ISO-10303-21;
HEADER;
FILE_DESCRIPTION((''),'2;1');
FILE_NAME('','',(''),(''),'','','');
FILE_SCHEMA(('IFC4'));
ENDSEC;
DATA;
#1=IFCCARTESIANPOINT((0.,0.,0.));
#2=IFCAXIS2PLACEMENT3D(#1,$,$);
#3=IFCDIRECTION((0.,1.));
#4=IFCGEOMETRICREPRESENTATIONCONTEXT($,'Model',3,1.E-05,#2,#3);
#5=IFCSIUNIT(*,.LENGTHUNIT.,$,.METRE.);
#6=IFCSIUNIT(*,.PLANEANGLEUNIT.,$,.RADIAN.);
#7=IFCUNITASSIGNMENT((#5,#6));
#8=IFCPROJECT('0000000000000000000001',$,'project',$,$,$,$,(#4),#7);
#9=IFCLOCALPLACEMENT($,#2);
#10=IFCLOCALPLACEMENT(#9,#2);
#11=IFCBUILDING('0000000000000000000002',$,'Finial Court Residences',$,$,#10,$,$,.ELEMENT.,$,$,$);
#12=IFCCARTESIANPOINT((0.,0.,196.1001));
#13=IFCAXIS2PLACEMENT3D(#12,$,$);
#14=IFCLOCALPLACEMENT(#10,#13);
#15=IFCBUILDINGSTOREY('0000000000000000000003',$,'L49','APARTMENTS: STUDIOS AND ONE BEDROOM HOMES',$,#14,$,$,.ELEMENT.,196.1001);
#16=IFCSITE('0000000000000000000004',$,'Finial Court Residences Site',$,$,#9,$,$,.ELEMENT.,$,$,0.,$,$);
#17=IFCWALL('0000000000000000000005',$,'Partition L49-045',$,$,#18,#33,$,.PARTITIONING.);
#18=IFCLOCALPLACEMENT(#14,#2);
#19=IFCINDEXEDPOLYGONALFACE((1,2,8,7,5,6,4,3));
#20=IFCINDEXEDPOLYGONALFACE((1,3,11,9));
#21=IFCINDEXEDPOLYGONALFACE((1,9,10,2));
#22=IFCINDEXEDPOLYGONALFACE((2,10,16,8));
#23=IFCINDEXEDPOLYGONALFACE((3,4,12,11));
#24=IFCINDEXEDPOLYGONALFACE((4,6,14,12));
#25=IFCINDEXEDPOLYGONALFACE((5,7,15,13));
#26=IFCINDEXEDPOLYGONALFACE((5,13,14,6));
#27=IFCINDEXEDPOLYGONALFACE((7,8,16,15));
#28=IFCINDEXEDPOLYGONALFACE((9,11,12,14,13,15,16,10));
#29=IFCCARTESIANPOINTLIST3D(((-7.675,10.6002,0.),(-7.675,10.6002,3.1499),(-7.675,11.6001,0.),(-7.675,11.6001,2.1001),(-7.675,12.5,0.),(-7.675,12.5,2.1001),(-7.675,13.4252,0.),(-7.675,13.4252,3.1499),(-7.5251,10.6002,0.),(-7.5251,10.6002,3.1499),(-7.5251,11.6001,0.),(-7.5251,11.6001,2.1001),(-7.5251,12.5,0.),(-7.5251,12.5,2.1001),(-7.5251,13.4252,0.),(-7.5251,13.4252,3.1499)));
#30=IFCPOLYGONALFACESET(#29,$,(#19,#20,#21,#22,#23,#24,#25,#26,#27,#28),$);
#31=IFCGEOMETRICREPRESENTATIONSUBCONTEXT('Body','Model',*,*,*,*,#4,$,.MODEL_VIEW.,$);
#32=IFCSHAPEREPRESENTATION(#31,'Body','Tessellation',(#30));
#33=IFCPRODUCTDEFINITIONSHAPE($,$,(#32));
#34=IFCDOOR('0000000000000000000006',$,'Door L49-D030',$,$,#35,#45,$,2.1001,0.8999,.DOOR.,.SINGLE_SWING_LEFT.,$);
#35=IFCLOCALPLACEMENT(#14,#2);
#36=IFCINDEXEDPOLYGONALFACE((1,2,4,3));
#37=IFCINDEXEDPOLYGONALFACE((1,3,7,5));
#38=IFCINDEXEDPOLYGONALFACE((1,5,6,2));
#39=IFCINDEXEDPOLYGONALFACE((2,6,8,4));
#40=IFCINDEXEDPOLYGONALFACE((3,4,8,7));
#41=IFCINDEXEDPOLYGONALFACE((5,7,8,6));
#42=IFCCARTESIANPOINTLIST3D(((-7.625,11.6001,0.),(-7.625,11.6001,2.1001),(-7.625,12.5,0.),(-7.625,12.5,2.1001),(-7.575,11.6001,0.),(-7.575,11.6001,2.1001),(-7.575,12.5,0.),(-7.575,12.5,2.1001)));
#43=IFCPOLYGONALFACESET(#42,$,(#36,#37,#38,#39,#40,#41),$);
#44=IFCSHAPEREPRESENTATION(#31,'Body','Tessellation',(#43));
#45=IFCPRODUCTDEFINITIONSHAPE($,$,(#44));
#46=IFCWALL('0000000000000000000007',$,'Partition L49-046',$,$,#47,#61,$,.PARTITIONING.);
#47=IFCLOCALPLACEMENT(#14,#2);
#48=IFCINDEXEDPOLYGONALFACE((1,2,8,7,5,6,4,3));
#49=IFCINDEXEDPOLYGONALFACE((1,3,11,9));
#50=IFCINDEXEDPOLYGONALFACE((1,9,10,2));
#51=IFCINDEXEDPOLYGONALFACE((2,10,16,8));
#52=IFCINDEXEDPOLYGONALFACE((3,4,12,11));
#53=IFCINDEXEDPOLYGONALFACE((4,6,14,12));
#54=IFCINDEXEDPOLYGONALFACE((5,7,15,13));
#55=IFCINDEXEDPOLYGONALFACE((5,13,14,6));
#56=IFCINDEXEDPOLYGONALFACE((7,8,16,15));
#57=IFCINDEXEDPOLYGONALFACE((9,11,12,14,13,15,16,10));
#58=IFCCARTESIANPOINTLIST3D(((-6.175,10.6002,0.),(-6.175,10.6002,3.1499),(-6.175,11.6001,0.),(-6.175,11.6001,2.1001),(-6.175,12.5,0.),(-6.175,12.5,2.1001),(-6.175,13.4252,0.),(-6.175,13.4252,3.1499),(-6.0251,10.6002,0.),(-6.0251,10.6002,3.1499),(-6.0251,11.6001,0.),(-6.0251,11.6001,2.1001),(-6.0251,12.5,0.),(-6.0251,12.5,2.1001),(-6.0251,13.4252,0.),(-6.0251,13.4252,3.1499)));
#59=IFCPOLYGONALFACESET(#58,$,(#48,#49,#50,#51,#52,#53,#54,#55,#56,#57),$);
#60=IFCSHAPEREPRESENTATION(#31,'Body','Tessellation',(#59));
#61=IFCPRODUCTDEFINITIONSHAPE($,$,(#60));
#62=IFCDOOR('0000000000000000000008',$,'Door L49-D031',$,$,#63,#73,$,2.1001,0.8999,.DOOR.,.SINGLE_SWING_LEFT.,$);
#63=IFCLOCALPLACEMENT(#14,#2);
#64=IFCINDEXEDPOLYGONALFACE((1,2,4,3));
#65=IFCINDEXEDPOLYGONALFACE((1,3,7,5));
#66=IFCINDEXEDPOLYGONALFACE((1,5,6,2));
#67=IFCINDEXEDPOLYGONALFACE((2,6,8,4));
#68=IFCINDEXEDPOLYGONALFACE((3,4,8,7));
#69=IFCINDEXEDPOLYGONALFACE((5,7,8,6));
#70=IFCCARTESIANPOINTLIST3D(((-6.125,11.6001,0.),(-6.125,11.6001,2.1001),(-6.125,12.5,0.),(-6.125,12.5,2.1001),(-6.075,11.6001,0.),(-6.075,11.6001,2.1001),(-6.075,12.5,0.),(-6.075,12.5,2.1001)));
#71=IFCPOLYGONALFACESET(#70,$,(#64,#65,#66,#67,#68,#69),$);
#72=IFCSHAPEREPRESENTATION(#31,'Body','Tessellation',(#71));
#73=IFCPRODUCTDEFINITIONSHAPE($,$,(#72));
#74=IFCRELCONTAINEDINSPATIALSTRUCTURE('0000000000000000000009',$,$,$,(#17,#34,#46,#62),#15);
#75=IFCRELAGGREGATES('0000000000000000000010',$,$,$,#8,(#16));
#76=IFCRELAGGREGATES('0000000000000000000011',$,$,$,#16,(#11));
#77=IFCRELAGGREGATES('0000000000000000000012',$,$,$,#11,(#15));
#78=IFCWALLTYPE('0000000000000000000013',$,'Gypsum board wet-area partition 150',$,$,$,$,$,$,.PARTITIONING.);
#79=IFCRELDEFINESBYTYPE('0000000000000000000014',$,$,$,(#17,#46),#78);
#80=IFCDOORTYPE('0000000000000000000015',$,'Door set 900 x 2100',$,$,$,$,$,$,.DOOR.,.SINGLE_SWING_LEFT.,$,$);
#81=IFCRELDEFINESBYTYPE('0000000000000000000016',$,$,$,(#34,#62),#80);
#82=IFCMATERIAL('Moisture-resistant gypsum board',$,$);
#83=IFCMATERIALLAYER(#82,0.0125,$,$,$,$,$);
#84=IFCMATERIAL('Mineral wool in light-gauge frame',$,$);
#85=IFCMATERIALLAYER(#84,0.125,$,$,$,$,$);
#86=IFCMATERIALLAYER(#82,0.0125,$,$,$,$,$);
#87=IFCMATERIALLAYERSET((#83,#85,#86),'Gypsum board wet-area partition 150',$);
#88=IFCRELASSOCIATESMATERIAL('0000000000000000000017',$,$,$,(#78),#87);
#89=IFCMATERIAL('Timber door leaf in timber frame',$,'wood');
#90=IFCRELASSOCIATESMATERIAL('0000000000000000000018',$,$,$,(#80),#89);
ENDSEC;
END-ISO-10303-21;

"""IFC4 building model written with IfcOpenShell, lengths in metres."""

from ifc_helpers import new_model, si_unit, direction, frame, frame_2d, origin, place, context, subcontext, project, spatial, rectangle, extrude, material, layer, layer_set, type_object, element, fill, save


model = new_model("IFC4")

# Units and contexts
model_context = context("Model", 3, precision=1e-05, world=origin(), true_north=direction((0.0, 1.0)))
body_context = subcontext(model_context, "Body", "Model", "MODEL_VIEW")
ifc_project = project(units=[si_unit("LENGTHUNIT", "METRE"), si_unit("PLANEANGLEUNIT", "RADIAN")], contexts=[model_context])

# Site, building, storey
site_placement = place(None, origin())
site = spatial("IfcSite", under=ifc_project, at=site_placement, Name="Finial Court Residences Site", CompositionType="ELEMENT", RefElevation=0.0)
building_placement = place(site_placement, origin())
building = spatial("IfcBuilding", under=site, at=building_placement, Name="Finial Court Residences", CompositionType="ELEMENT")
storey_placement = place(building_placement, frame((0.0, 0.0, 196.1001)))
storey = spatial("IfcBuildingStorey", under=building, at=storey_placement, Name="L49", Description="APARTMENTS: STUDIOS AND ONE BEDROOM HOMES", CompositionType="ELEMENT", Elevation=196.1001)

# Shared definitions
ifc_material_1 = material(Name="Moisture-resistant gypsum board")
ifc_layer_1 = layer(ifc_material_1, 0.0125)
ifc_material_2 = material(Name="Mineral wool in light-gauge frame")
ifc_layer_2 = layer(ifc_material_2, 0.125)
ifc_layer_3 = layer(ifc_material_1, 0.0125)
ifc_layer_set_1 = layer_set([ifc_layer_1, ifc_layer_2, ifc_layer_3], Name="Gypsum board wet-area partition 150")
wall_type_1 = type_object("IfcWallType", Name="Gypsum board wet-area partition 150", PredefinedType="PARTITIONING", material=ifc_layer_set_1)
ifc_material_3 = material(Name="Timber door leaf in timber frame", Category="wood")
door_type = type_object("IfcDoorType", Name="Door set 900 x 2100", OperationType="SINGLE_SWING_LEFT", PredefinedType="DOOR", material=ifc_material_3)

# Walls, openings, doors
wall_1_placement = place(storey_placement, frame((-7.6001, 10.6001, 0.0), z_axis=(0.0, 0.0, 1.0), x_axis=(0.0, 1.0, 0.0)))
wall_1 = element("IfcWall", 1, at=wall_1_placement, inside=storey, type_object=wall_type_1, Name="Partition L49-045", PredefinedType="PARTITIONING", context=body_context, shape_type="SweptSolid", body=[
    extrude(rectangle(XDim=2.825, YDim=0.1499, at=frame_2d((1.4126, 0.0))), origin(), (0.0, 0.0, 1.0), 3.1499),
])
opening_1_placement = place(wall_1_placement, frame((1.0, 0.0, 0.0)))
opening_1 = element("IfcOpeningElement", 2, at=opening_1_placement, cuts=wall_1, PredefinedType="OPENING", context=body_context, shape_type="SweptSolid", body=[
    extrude(rectangle(XDim=0.8999, YDim=2.1001, at=frame_2d((0.45, 1.05))), frame((0.0, 0.085, 0.0), z_axis=(0.0, -1.0, 0.0), x_axis=(1.0, 0.0, 0.0)), (0.0, 0.0, 1.0), 0.1699),
])
door_1_placement = place(opening_1_placement, origin())
door_1 = element("IfcDoor", 3, at=door_1_placement, inside=storey, type_object=door_type, Name="Door L49-D030", OperationType="SINGLE_SWING_LEFT", OverallHeight=2.1001, OverallWidth=0.8999, PredefinedType="DOOR", context=body_context, shape_type="SweptSolid", body=[
    extrude(rectangle(XDim=0.8999, YDim=2.1001, at=frame_2d((0.45, 1.05))), frame((0.0, 0.0249, 0.0), z_axis=(0.0, -1.0, 0.0), x_axis=(1.0, 0.0, 0.0)), (0.0, 0.0, 1.0), 0.05),
])
fill(opening_1, door_1)
wall_2_placement = place(storey_placement, frame((-6.1001, 10.6001, 0.0), z_axis=(0.0, 0.0, 1.0), x_axis=(0.0, 1.0, 0.0)))
wall_2 = element("IfcWall", 4, at=wall_2_placement, inside=storey, type_object=wall_type_1, Name="Partition L49-046", PredefinedType="PARTITIONING", context=body_context, shape_type="SweptSolid", body=[
    extrude(rectangle(XDim=2.825, YDim=0.1499, at=frame_2d((1.4126, 0.0))), origin(), (0.0, 0.0, 1.0), 3.1499),
])
opening_2_placement = place(wall_2_placement, frame((1.0, 0.0, 0.0)))
opening_2 = element("IfcOpeningElement", 5, at=opening_2_placement, cuts=wall_2, PredefinedType="OPENING", context=body_context, shape_type="SweptSolid", body=[
    extrude(rectangle(XDim=0.8999, YDim=2.1001, at=frame_2d((0.45, 1.05))), frame((0.0, 0.085, 0.0), z_axis=(0.0, -1.0, 0.0), x_axis=(1.0, 0.0, 0.0)), (0.0, 0.0, 1.0), 0.1699),
])
door_2_placement = place(opening_2_placement, origin())
door_2 = element("IfcDoor", 6, at=door_2_placement, inside=storey, type_object=door_type, Name="Door L49-D031", OperationType="SINGLE_SWING_LEFT", OverallHeight=2.1001, OverallWidth=0.8999, PredefinedType="DOOR", context=body_context, shape_type="SweptSolid", body=[
    extrude(rectangle(XDim=0.8999, YDim=2.1001, at=frame_2d((0.45, 1.05))), frame((0.0, 0.0249, 0.0), z_axis=(0.0, -1.0, 0.0), x_axis=(1.0, 0.0, 0.0)), (0.0, 0.0, 1.0), 0.05),
])
fill(opening_2, door_2)

save(model, "model.ifc")
